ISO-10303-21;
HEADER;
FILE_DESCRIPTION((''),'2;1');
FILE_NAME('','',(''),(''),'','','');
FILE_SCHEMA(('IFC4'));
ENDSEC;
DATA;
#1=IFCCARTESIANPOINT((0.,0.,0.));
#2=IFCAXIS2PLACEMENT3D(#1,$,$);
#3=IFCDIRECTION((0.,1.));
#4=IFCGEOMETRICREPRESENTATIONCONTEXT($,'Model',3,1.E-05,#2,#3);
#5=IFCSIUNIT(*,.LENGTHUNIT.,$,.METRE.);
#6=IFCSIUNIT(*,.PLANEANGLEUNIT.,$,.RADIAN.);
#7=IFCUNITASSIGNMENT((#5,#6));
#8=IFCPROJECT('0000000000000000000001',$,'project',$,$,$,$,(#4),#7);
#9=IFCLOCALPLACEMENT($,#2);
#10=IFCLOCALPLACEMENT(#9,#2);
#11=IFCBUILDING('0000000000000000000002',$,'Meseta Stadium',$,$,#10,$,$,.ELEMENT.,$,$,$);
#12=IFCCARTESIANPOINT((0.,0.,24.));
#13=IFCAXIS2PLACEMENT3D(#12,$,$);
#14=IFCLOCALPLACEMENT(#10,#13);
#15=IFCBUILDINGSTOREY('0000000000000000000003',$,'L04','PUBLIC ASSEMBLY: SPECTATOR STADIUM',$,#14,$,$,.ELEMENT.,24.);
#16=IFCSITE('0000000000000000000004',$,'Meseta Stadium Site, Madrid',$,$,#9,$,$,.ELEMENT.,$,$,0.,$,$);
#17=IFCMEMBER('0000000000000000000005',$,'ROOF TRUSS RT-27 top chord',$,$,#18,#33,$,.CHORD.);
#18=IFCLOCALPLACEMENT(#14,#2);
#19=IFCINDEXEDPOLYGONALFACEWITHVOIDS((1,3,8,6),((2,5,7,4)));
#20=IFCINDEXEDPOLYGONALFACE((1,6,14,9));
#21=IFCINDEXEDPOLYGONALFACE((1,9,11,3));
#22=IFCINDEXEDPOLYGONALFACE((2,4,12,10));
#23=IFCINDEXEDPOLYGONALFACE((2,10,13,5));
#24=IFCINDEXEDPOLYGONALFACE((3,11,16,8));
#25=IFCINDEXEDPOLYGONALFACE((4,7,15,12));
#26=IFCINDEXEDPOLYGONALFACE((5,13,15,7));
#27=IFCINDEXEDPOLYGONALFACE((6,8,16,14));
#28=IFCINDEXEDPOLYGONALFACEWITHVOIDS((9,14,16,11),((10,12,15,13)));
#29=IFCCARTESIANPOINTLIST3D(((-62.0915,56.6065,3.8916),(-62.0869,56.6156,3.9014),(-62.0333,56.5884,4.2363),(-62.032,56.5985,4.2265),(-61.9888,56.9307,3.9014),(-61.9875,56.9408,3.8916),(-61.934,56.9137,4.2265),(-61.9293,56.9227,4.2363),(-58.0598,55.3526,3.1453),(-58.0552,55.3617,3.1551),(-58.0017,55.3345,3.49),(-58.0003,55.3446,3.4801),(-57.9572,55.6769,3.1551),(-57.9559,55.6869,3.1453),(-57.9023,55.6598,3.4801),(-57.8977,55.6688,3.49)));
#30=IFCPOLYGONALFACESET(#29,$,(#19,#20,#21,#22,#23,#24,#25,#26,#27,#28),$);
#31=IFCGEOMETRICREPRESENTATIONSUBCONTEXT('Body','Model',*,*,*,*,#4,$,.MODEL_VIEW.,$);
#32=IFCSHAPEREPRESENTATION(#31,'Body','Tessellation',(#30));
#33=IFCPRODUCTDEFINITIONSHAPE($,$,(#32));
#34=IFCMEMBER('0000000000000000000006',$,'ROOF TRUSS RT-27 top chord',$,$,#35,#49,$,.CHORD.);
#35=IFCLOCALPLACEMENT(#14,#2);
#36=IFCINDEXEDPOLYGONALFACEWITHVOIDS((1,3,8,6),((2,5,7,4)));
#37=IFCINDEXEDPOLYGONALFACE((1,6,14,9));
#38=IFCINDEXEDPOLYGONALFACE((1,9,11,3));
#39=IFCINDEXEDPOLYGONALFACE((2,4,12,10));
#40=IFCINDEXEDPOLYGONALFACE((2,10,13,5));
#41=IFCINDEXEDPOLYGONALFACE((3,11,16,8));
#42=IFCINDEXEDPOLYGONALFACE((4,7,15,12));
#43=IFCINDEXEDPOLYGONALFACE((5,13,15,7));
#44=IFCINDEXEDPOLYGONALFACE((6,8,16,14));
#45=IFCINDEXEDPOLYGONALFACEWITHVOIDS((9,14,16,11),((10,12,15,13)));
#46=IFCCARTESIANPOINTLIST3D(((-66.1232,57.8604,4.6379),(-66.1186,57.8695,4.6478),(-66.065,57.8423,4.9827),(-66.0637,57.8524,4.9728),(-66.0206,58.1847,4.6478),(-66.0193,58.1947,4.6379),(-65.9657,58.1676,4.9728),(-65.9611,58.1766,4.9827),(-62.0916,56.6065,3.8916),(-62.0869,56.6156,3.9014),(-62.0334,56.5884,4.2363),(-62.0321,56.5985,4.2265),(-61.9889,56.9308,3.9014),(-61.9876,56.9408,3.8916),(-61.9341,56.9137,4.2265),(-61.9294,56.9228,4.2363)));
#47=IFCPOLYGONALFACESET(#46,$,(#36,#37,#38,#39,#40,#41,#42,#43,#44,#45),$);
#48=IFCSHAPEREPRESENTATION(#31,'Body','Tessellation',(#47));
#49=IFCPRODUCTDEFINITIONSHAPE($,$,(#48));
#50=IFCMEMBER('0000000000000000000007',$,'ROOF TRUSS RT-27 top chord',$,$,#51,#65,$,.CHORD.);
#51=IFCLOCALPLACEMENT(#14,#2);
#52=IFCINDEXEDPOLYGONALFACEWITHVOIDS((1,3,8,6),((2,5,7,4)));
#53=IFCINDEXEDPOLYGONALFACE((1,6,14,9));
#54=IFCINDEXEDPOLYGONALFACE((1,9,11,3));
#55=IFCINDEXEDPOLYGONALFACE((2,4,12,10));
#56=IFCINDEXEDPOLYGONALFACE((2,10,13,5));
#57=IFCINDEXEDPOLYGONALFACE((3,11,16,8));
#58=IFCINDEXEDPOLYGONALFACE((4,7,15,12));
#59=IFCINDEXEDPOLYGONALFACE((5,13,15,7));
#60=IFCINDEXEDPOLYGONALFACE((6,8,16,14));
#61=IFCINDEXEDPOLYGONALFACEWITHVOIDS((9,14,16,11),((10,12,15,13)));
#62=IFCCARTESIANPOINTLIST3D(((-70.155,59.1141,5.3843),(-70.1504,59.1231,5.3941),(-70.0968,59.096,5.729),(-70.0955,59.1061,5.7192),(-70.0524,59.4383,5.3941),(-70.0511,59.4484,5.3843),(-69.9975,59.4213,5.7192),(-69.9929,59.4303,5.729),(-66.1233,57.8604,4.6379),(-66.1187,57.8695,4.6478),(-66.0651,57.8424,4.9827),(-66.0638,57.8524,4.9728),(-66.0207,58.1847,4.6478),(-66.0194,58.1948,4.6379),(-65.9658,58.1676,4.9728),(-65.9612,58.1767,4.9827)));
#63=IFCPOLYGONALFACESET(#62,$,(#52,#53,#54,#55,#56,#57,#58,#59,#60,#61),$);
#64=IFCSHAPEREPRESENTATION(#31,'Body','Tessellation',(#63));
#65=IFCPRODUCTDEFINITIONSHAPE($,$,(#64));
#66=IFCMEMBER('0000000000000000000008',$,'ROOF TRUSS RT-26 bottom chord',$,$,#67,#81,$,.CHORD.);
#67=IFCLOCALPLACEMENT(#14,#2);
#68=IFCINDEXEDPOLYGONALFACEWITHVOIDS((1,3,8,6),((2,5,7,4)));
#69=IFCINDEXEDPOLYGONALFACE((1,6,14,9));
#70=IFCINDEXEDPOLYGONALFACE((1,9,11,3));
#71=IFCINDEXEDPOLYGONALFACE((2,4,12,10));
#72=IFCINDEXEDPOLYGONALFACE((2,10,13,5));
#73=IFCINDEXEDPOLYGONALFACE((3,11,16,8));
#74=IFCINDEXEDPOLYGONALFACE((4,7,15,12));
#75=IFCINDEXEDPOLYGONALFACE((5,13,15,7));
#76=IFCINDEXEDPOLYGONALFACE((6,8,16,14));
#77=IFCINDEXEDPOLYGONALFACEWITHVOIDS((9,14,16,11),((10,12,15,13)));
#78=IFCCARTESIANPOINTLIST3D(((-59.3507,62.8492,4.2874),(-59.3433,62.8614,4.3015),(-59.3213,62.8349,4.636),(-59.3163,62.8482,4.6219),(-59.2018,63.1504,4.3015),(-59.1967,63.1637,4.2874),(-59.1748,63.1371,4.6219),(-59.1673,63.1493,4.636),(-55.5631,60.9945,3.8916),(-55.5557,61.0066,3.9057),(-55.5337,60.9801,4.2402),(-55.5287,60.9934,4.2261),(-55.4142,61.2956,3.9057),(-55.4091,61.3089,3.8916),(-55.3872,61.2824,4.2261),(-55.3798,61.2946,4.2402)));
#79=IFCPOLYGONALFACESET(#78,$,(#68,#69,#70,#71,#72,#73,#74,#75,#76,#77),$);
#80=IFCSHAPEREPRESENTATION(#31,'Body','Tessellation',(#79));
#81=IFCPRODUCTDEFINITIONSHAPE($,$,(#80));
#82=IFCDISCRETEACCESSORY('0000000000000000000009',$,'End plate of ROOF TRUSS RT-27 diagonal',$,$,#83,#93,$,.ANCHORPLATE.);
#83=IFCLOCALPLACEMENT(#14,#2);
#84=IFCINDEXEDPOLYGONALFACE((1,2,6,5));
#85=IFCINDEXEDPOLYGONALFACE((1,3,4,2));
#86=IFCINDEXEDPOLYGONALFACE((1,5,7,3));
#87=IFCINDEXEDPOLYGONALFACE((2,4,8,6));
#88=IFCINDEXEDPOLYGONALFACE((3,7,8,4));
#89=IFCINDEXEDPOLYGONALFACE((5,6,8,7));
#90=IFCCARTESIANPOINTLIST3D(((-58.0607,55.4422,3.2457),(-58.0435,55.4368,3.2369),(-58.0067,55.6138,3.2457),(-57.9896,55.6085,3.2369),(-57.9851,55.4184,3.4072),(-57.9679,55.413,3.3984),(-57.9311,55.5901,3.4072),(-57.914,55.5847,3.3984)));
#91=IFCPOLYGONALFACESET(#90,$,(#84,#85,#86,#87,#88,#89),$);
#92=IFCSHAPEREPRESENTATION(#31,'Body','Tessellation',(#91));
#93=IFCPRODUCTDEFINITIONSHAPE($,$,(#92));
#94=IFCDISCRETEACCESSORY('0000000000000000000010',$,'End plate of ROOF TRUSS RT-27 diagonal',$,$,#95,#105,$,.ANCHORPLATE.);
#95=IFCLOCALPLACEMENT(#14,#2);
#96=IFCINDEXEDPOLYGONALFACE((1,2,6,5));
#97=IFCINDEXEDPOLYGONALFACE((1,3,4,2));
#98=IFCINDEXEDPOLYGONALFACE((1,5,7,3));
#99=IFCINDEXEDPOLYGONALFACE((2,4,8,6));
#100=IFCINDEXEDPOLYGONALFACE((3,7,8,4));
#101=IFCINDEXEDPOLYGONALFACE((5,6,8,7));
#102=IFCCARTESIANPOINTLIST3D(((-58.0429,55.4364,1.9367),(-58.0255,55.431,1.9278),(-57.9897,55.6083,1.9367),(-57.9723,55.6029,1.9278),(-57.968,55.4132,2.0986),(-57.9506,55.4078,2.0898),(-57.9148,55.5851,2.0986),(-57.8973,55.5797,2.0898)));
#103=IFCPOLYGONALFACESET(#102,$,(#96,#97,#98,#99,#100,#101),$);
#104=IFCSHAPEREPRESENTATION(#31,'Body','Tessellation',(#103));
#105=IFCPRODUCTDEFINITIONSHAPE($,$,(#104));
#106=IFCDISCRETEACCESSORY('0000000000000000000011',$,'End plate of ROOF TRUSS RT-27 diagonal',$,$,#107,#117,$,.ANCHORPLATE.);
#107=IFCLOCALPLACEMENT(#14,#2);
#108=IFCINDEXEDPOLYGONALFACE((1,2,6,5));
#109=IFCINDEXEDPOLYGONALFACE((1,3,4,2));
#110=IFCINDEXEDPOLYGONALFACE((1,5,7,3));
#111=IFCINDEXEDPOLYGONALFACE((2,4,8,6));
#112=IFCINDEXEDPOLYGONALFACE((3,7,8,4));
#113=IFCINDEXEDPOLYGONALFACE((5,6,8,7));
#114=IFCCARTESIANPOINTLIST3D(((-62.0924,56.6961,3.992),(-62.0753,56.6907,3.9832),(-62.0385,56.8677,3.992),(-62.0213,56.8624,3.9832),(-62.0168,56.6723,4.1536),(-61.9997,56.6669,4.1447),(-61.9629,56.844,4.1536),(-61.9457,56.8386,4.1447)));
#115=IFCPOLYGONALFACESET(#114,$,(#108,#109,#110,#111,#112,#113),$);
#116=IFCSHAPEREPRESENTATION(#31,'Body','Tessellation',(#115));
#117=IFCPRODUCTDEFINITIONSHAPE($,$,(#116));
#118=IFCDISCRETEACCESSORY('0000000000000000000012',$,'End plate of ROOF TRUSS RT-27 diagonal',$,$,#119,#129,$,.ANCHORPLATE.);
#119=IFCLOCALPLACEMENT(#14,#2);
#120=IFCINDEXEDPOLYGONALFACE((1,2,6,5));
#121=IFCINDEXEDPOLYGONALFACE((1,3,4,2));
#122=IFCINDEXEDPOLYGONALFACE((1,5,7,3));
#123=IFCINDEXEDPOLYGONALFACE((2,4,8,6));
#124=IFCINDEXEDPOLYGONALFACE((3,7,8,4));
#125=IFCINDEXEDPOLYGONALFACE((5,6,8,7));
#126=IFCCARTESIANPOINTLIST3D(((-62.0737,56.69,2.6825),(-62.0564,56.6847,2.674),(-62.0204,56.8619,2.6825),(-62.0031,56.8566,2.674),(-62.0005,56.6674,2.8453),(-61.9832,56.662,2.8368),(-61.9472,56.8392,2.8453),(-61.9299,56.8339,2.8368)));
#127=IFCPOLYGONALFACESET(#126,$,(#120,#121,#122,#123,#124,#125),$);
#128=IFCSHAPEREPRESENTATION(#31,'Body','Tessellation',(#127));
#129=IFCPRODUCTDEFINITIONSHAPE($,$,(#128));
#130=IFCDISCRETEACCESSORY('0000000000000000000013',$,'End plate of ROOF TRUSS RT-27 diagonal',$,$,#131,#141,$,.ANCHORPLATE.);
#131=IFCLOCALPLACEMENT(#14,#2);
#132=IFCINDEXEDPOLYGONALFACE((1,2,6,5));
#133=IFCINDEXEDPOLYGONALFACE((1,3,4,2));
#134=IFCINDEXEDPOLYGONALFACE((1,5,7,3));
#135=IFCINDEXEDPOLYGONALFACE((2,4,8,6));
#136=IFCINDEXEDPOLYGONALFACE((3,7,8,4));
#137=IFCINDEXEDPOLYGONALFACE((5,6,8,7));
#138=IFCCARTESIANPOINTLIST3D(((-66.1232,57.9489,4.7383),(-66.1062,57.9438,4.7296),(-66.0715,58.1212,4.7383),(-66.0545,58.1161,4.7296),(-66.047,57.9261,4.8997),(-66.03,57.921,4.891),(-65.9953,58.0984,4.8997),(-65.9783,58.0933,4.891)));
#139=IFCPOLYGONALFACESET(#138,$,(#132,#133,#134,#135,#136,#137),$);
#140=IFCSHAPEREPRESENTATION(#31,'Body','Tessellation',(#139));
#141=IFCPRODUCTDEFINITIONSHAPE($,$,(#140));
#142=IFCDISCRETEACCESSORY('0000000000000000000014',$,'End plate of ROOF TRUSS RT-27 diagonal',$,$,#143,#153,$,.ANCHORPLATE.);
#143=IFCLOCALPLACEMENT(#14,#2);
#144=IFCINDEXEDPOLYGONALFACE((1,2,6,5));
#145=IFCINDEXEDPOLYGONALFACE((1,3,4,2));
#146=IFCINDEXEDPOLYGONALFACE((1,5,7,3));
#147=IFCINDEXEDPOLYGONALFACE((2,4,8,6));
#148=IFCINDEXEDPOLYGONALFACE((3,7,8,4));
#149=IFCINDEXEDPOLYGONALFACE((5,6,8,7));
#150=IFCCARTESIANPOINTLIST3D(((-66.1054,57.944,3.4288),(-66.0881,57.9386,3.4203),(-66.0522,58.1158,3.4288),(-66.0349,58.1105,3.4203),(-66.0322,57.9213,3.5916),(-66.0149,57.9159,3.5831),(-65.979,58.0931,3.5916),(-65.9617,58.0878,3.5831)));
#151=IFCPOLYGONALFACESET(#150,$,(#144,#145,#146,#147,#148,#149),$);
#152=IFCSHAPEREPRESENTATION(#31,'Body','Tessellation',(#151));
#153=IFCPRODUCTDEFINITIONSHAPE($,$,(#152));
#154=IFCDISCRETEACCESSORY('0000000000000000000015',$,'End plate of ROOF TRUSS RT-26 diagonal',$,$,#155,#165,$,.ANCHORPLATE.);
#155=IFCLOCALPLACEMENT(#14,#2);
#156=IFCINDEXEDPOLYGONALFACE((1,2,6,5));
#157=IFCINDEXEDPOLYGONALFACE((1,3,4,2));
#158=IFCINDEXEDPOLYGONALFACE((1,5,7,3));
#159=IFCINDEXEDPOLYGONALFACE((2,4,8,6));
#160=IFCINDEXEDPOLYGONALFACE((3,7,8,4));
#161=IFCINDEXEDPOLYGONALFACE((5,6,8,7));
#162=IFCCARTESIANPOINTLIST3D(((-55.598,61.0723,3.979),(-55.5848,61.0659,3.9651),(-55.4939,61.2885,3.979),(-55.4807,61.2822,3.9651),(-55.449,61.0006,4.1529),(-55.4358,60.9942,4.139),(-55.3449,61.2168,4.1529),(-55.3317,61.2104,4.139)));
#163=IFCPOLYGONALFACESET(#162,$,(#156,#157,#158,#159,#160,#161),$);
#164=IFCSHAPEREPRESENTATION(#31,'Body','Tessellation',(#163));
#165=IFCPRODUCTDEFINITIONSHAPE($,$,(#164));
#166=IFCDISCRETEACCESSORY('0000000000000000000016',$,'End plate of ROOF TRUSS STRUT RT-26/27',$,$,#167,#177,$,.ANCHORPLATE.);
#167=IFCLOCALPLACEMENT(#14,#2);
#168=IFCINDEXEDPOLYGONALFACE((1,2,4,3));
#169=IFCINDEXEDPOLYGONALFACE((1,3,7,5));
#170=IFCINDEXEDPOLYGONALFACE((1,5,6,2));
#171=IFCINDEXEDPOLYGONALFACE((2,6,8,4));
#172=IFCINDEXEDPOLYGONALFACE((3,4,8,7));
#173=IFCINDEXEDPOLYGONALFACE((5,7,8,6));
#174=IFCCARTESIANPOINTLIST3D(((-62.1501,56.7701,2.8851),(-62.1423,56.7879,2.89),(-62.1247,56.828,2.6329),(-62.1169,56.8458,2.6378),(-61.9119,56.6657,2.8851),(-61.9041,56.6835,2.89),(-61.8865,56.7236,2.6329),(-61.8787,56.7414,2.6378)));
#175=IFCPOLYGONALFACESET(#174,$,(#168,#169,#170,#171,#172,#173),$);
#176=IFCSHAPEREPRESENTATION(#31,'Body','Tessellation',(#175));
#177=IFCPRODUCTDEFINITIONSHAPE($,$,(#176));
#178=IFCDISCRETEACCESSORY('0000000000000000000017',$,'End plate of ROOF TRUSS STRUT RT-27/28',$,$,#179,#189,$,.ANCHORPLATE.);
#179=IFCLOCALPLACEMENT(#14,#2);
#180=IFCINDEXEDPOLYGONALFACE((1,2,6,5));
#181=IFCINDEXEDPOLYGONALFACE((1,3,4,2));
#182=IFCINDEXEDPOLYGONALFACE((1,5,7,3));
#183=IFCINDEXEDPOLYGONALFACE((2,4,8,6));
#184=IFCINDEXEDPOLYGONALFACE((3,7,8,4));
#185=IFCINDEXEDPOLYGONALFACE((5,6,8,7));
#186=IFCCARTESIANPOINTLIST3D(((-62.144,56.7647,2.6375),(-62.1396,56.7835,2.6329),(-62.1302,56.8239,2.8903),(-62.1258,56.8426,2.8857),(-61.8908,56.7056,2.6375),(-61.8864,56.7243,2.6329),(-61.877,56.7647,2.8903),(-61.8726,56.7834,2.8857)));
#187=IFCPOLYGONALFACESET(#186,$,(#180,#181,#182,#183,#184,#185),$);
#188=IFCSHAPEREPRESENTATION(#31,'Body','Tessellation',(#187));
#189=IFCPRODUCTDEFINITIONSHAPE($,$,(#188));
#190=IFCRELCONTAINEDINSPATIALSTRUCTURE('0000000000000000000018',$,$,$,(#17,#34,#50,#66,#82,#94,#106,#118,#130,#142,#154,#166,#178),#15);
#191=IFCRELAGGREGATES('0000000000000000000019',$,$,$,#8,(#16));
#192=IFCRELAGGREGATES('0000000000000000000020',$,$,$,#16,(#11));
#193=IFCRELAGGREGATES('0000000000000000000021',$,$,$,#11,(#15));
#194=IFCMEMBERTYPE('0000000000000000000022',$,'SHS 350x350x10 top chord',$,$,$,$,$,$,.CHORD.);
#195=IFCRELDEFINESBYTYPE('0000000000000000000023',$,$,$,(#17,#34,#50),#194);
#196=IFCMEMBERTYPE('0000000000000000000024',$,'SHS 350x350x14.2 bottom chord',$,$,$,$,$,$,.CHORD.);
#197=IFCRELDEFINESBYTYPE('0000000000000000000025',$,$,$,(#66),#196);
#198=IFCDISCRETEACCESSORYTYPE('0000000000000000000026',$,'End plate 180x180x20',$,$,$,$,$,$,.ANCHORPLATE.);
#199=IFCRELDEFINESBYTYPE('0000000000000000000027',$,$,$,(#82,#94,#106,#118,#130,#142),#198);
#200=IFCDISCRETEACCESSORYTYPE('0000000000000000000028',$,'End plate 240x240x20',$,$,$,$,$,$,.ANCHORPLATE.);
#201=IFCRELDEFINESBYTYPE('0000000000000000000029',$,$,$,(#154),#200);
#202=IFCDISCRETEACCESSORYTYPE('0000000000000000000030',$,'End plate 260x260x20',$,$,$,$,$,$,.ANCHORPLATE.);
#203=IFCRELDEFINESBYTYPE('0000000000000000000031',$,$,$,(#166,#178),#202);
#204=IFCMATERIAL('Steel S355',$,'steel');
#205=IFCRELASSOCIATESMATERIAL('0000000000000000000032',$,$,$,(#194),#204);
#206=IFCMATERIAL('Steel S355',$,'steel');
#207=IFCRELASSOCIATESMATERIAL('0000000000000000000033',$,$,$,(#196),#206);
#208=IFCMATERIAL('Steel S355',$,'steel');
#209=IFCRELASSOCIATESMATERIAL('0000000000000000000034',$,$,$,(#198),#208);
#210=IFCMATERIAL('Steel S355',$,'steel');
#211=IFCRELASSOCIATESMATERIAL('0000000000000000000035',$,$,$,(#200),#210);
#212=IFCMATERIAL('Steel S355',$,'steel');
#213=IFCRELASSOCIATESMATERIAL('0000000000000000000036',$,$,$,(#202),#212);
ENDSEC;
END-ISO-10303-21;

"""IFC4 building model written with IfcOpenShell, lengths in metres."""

from ifc_helpers import new_model, si_unit, direction, frame, origin, origin_2d, place, context, subcontext, project, spatial, rectangle, hollow_rectangle, extrude, material, material_profile, profile_set, type_object, element, save


model = new_model("IFC4")

# Units and contexts
model_context = context("Model", 3, precision=1e-05, world=origin(), true_north=direction((0.0, 1.0)))
body_context = subcontext(model_context, "Body", "Model", "MODEL_VIEW")
ifc_project = project(units=[si_unit("LENGTHUNIT", "METRE"), si_unit("PLANEANGLEUNIT", "RADIAN")], contexts=[model_context])

# Site, building, storey
site_placement = place(None, origin())
site = spatial("IfcSite", under=ifc_project, at=site_placement, Name="Meseta Stadium Site, Madrid", CompositionType="ELEMENT", RefElevation=0.0)
building_placement = place(site_placement, origin())
building = spatial("IfcBuilding", under=site, at=building_placement, Name="Meseta Stadium", CompositionType="ELEMENT")
storey_placement = place(building_placement, frame((0.0, 0.0, 24.0)))
storey = spatial("IfcBuildingStorey", under=building, at=storey_placement, Name="L04", Description="PUBLIC ASSEMBLY: SPECTATOR STADIUM", CompositionType="ELEMENT", Elevation=24.0)

# Members
ifc_material_1 = material(Name="Steel S355", Category="steel")
ifc_material_profile_1 = material_profile(ifc_material_1, hollow_rectangle(XDim=0.3501, YDim=0.3501, WallThickness=0.01, at=origin_2d()), Name="SHS 350x350x10")
ifc_profile_set_1 = profile_set([ifc_material_profile_1], Name="Steel S355")
member_type_1 = type_object("IfcMemberType", Name="SHS 350x350x10 top chord", PredefinedType="CHORD", material=ifc_profile_set_1)
for number, where, z_axis, x_axis, name in (
    (1, (-57.9788, 55.5107, 3.3176), (-0.940307, 0.292444, 0.174066), (-0.296978, -0.954884, 0.0), "ROOF TRUSS RT-27 top chord"),
    (2, (-62.0105, 56.7646, 4.064), (-0.940307, 0.292444, 0.174066), (-0.296978, -0.954884, 0.0), "ROOF TRUSS RT-27 top chord"),
    (3, (-66.0422, 58.0186, 4.8103), (-0.940323, 0.292392, 0.174068), (-0.296925, -0.954901, 0.0), "ROOF TRUSS RT-27 top chord"),
):
    element("IfcMember", number, at=place(storey_placement, frame(where, z_axis=z_axis, x_axis=x_axis)), inside=storey, type_object=member_type_1, Name=name, PredefinedType="CHORD", context=body_context, shape_type="SweptSolid", body=[
        extrude(hollow_rectangle(XDim=0.3501, YDim=0.3501, WallThickness=0.01, at=origin_2d()), origin(), (0.0, 0.0, 1.0), 4.2876),
    ])
ifc_material_2 = material(Name="Steel S355", Category="steel")
ifc_material_profile_2 = material_profile(ifc_material_2, hollow_rectangle(XDim=0.3501, YDim=0.3501, WallThickness=0.0142, at=origin_2d()), Name="SHS 350x350x14.2")
ifc_profile_set_2 = profile_set([ifc_material_profile_2], Name="Steel S355")
member_type_2 = type_object("IfcMemberType", Name="SHS 350x350x14.2 bottom chord", PredefinedType="CHORD", material=ifc_profile_set_2)
member_1_placement = place(storey_placement, frame((-55.4714, 61.1445, 4.0659), z_axis=(-0.894173, 0.437865, 0.093429), x_axis=(-0.439788, -0.898101, 0.0)))
element("IfcMember", 4, at=member_1_placement, inside=storey, type_object=member_type_2, Name="ROOF TRUSS RT-26 bottom chord", PredefinedType="CHORD", context=body_context, shape_type="SweptSolid", body=[
    extrude(hollow_rectangle(XDim=0.3501, YDim=0.3501, WallThickness=0.0142, at=origin_2d()), origin(), (0.0, 0.0, 1.0), 4.2358),
])

# Discrete accessories
ifc_material_3 = material(Name="Steel S355", Category="steel")
ifc_material_profile_3 = material_profile(ifc_material_3, rectangle(XDim=0.1799, YDim=0.1799, at=origin_2d()), Name="PL 180x180")
ifc_profile_set_3 = profile_set([ifc_material_profile_3], Name="Steel S355")
discrete_accessory_type_1 = type_object("IfcDiscreteAccessoryType", Name="End plate 180x180x20", PredefinedType="ANCHORPLATE", material=ifc_profile_set_3)
discrete_accessory_1_placement = place(storey_placement, frame((-57.9788, 55.5107, 3.3176), z_axis=(-0.856465, 0.269175, 0.440468), x_axis=(-0.299827, -0.953994, 0.0)))
element("IfcDiscreteAccessory", 5, at=discrete_accessory_1_placement, inside=storey, type_object=discrete_accessory_type_1, Name="End plate of ROOF TRUSS RT-27 diagonal", PredefinedType="ANCHORPLATE", context=body_context, shape_type="SweptSolid", body=[
    extrude(rectangle(XDim=0.1799, YDim=0.1799, at=origin_2d()), origin(), (0.0, 0.0, 1.0), 0.02),
])
discrete_accessory_2_placement = place(storey_placement, frame((-57.9614, 55.5054, 2.0088), z_axis=(-0.859675, 0.266378, 0.435892), x_axis=(-0.295976, -0.955195, 0.0)))
element("IfcDiscreteAccessory", 6, at=discrete_accessory_2_placement, inside=storey, type_object=discrete_accessory_type_1, Name="End plate of ROOF TRUSS RT-27 diagonal", PredefinedType="ANCHORPLATE", context=body_context, shape_type="SweptSolid", body=[
    extrude(rectangle(XDim=0.1799, YDim=0.1799, at=origin_2d()), origin(), (0.0, 0.0, 1.0), 0.0203),
])
for number, where, z_axis, x_axis, name in (
    (7, (-62.0105, 56.7646, 4.064), (-0.856465, 0.269175, 0.440468), (-0.299827, -0.953994, 0.0), "End plate of ROOF TRUSS RT-27 diagonal"),
    (8, (-61.9932, 56.7593, 2.7554), (-0.864184, 0.267775, 0.426006), (-0.295976, -0.955195, 0.0), "End plate of ROOF TRUSS RT-27 diagonal"),
):
    element("IfcDiscreteAccessory", number, at=place(storey_placement, frame(where, z_axis=z_axis, x_axis=x_axis)), inside=storey, type_object=discrete_accessory_type_1, Name=name, PredefinedType="ANCHORPLATE", context=body_context, shape_type="SweptSolid", body=[
        extrude(rectangle(XDim=0.1799, YDim=0.1799, at=origin_2d()), origin(), (0.0, 0.0, 1.0), 0.02),
    ])
discrete_accessory_3_placement = place(storey_placement, frame((-66.0422, 58.0186, 4.8103), z_axis=(-0.859235, 0.257771, 0.441892), x_axis=(-0.287348, -0.957826, 0.0)))
element("IfcDiscreteAccessory", 9, at=discrete_accessory_3_placement, inside=storey, type_object=discrete_accessory_type_1, Name="End plate of ROOF TRUSS RT-27 diagonal", PredefinedType="ANCHORPLATE", context=body_context, shape_type="SweptSolid", body=[
    extrude(rectangle(XDim=0.1799, YDim=0.1799, at=origin_2d()), origin(), (0.0, 0.0, 1.0), 0.0198),
])
discrete_accessory_4_placement = place(storey_placement, frame((-66.0249, 58.0132, 3.5017), z_axis=(-0.864184, 0.267775, 0.426006), x_axis=(-0.295976, -0.955195, 0.0)))
element("IfcDiscreteAccessory", 10, at=discrete_accessory_4_placement, inside=storey, type_object=discrete_accessory_type_1, Name="End plate of ROOF TRUSS RT-27 diagonal", PredefinedType="ANCHORPLATE", context=body_context, shape_type="SweptSolid", body=[
    extrude(rectangle(XDim=0.1799, YDim=0.1799, at=origin_2d()), origin(), (0.0, 0.0, 1.0), 0.02),
])
ifc_material_4 = material(Name="Steel S355", Category="steel")
ifc_material_profile_4 = material_profile(ifc_material_4, rectangle(XDim=0.24, YDim=0.24, at=origin_2d()), Name="PL 240x240")
ifc_profile_set_4 = profile_set([ifc_material_profile_4], Name="Steel S355")
discrete_accessory_type_2 = type_object("IfcDiscreteAccessoryType", Name="End plate 240x240x20", PredefinedType="ANCHORPLATE", material=ifc_profile_set_4)
discrete_accessory_5_placement = place(storey_placement, frame((-55.4583, 61.1382, 4.052), z_axis=(-0.652881, 0.31435, 0.689152), x_axis=(-0.433816, -0.901002, 0.0)))
element("IfcDiscreteAccessory", 11, at=discrete_accessory_5_placement, inside=storey, type_object=discrete_accessory_type_2, Name="End plate of ROOF TRUSS RT-26 diagonal", PredefinedType="ANCHORPLATE", context=body_context, shape_type="SweptSolid", body=[
    extrude(rectangle(XDim=0.24, YDim=0.24, at=origin_2d()), origin(), (0.0, 0.0, 1.0), 0.0203),
])
ifc_material_5 = material(Name="Steel S355", Category="steel")
ifc_material_profile_5 = material_profile(ifc_material_5, rectangle(XDim=0.26, YDim=0.26, at=origin_2d()), Name="PL 260x260")
ifc_profile_set_5 = profile_set([ifc_material_profile_5], Name="Steel S355")
discrete_accessory_type_3 = type_object("IfcDiscreteAccessoryType", Name="End plate 260x260x20", PredefinedType="ANCHORPLATE", material=ifc_profile_set_5)
discrete_accessory_6_placement = place(storey_placement, frame((-62.0105, 56.7646, 2.7639), z_axis=(-0.389405, -0.88833, -0.243378), x_axis=(0.915869, -0.401477, 0.0)))
element("IfcDiscreteAccessory", 12, at=discrete_accessory_6_placement, inside=storey, type_object=discrete_accessory_type_3, Name="End plate of ROOF TRUSS STRUT RT-26/27", PredefinedType="ANCHORPLATE", context=body_context, shape_type="SweptSolid", body=[
    extrude(rectangle(XDim=0.26, YDim=0.26, at=origin_2d()), origin(), (0.0, 0.0, 1.0), 0.02),
])
discrete_accessory_7_placement = place(storey_placement, frame((-62.0061, 56.7834, 2.7593), z_axis=(-0.22133, -0.946801, 0.233626), x_axis=(0.973748, -0.227629, 0.0)))
element("IfcDiscreteAccessory", 13, at=discrete_accessory_7_placement, inside=storey, type_object=discrete_accessory_type_3, Name="End plate of ROOF TRUSS STRUT RT-27/28", PredefinedType="ANCHORPLATE", context=body_context, shape_type="SweptSolid", body=[
    extrude(rectangle(XDim=0.26, YDim=0.26, at=origin_2d()), origin(), (0.0, 0.0, 1.0), 0.0198),
])

save(model, "model.ifc")
